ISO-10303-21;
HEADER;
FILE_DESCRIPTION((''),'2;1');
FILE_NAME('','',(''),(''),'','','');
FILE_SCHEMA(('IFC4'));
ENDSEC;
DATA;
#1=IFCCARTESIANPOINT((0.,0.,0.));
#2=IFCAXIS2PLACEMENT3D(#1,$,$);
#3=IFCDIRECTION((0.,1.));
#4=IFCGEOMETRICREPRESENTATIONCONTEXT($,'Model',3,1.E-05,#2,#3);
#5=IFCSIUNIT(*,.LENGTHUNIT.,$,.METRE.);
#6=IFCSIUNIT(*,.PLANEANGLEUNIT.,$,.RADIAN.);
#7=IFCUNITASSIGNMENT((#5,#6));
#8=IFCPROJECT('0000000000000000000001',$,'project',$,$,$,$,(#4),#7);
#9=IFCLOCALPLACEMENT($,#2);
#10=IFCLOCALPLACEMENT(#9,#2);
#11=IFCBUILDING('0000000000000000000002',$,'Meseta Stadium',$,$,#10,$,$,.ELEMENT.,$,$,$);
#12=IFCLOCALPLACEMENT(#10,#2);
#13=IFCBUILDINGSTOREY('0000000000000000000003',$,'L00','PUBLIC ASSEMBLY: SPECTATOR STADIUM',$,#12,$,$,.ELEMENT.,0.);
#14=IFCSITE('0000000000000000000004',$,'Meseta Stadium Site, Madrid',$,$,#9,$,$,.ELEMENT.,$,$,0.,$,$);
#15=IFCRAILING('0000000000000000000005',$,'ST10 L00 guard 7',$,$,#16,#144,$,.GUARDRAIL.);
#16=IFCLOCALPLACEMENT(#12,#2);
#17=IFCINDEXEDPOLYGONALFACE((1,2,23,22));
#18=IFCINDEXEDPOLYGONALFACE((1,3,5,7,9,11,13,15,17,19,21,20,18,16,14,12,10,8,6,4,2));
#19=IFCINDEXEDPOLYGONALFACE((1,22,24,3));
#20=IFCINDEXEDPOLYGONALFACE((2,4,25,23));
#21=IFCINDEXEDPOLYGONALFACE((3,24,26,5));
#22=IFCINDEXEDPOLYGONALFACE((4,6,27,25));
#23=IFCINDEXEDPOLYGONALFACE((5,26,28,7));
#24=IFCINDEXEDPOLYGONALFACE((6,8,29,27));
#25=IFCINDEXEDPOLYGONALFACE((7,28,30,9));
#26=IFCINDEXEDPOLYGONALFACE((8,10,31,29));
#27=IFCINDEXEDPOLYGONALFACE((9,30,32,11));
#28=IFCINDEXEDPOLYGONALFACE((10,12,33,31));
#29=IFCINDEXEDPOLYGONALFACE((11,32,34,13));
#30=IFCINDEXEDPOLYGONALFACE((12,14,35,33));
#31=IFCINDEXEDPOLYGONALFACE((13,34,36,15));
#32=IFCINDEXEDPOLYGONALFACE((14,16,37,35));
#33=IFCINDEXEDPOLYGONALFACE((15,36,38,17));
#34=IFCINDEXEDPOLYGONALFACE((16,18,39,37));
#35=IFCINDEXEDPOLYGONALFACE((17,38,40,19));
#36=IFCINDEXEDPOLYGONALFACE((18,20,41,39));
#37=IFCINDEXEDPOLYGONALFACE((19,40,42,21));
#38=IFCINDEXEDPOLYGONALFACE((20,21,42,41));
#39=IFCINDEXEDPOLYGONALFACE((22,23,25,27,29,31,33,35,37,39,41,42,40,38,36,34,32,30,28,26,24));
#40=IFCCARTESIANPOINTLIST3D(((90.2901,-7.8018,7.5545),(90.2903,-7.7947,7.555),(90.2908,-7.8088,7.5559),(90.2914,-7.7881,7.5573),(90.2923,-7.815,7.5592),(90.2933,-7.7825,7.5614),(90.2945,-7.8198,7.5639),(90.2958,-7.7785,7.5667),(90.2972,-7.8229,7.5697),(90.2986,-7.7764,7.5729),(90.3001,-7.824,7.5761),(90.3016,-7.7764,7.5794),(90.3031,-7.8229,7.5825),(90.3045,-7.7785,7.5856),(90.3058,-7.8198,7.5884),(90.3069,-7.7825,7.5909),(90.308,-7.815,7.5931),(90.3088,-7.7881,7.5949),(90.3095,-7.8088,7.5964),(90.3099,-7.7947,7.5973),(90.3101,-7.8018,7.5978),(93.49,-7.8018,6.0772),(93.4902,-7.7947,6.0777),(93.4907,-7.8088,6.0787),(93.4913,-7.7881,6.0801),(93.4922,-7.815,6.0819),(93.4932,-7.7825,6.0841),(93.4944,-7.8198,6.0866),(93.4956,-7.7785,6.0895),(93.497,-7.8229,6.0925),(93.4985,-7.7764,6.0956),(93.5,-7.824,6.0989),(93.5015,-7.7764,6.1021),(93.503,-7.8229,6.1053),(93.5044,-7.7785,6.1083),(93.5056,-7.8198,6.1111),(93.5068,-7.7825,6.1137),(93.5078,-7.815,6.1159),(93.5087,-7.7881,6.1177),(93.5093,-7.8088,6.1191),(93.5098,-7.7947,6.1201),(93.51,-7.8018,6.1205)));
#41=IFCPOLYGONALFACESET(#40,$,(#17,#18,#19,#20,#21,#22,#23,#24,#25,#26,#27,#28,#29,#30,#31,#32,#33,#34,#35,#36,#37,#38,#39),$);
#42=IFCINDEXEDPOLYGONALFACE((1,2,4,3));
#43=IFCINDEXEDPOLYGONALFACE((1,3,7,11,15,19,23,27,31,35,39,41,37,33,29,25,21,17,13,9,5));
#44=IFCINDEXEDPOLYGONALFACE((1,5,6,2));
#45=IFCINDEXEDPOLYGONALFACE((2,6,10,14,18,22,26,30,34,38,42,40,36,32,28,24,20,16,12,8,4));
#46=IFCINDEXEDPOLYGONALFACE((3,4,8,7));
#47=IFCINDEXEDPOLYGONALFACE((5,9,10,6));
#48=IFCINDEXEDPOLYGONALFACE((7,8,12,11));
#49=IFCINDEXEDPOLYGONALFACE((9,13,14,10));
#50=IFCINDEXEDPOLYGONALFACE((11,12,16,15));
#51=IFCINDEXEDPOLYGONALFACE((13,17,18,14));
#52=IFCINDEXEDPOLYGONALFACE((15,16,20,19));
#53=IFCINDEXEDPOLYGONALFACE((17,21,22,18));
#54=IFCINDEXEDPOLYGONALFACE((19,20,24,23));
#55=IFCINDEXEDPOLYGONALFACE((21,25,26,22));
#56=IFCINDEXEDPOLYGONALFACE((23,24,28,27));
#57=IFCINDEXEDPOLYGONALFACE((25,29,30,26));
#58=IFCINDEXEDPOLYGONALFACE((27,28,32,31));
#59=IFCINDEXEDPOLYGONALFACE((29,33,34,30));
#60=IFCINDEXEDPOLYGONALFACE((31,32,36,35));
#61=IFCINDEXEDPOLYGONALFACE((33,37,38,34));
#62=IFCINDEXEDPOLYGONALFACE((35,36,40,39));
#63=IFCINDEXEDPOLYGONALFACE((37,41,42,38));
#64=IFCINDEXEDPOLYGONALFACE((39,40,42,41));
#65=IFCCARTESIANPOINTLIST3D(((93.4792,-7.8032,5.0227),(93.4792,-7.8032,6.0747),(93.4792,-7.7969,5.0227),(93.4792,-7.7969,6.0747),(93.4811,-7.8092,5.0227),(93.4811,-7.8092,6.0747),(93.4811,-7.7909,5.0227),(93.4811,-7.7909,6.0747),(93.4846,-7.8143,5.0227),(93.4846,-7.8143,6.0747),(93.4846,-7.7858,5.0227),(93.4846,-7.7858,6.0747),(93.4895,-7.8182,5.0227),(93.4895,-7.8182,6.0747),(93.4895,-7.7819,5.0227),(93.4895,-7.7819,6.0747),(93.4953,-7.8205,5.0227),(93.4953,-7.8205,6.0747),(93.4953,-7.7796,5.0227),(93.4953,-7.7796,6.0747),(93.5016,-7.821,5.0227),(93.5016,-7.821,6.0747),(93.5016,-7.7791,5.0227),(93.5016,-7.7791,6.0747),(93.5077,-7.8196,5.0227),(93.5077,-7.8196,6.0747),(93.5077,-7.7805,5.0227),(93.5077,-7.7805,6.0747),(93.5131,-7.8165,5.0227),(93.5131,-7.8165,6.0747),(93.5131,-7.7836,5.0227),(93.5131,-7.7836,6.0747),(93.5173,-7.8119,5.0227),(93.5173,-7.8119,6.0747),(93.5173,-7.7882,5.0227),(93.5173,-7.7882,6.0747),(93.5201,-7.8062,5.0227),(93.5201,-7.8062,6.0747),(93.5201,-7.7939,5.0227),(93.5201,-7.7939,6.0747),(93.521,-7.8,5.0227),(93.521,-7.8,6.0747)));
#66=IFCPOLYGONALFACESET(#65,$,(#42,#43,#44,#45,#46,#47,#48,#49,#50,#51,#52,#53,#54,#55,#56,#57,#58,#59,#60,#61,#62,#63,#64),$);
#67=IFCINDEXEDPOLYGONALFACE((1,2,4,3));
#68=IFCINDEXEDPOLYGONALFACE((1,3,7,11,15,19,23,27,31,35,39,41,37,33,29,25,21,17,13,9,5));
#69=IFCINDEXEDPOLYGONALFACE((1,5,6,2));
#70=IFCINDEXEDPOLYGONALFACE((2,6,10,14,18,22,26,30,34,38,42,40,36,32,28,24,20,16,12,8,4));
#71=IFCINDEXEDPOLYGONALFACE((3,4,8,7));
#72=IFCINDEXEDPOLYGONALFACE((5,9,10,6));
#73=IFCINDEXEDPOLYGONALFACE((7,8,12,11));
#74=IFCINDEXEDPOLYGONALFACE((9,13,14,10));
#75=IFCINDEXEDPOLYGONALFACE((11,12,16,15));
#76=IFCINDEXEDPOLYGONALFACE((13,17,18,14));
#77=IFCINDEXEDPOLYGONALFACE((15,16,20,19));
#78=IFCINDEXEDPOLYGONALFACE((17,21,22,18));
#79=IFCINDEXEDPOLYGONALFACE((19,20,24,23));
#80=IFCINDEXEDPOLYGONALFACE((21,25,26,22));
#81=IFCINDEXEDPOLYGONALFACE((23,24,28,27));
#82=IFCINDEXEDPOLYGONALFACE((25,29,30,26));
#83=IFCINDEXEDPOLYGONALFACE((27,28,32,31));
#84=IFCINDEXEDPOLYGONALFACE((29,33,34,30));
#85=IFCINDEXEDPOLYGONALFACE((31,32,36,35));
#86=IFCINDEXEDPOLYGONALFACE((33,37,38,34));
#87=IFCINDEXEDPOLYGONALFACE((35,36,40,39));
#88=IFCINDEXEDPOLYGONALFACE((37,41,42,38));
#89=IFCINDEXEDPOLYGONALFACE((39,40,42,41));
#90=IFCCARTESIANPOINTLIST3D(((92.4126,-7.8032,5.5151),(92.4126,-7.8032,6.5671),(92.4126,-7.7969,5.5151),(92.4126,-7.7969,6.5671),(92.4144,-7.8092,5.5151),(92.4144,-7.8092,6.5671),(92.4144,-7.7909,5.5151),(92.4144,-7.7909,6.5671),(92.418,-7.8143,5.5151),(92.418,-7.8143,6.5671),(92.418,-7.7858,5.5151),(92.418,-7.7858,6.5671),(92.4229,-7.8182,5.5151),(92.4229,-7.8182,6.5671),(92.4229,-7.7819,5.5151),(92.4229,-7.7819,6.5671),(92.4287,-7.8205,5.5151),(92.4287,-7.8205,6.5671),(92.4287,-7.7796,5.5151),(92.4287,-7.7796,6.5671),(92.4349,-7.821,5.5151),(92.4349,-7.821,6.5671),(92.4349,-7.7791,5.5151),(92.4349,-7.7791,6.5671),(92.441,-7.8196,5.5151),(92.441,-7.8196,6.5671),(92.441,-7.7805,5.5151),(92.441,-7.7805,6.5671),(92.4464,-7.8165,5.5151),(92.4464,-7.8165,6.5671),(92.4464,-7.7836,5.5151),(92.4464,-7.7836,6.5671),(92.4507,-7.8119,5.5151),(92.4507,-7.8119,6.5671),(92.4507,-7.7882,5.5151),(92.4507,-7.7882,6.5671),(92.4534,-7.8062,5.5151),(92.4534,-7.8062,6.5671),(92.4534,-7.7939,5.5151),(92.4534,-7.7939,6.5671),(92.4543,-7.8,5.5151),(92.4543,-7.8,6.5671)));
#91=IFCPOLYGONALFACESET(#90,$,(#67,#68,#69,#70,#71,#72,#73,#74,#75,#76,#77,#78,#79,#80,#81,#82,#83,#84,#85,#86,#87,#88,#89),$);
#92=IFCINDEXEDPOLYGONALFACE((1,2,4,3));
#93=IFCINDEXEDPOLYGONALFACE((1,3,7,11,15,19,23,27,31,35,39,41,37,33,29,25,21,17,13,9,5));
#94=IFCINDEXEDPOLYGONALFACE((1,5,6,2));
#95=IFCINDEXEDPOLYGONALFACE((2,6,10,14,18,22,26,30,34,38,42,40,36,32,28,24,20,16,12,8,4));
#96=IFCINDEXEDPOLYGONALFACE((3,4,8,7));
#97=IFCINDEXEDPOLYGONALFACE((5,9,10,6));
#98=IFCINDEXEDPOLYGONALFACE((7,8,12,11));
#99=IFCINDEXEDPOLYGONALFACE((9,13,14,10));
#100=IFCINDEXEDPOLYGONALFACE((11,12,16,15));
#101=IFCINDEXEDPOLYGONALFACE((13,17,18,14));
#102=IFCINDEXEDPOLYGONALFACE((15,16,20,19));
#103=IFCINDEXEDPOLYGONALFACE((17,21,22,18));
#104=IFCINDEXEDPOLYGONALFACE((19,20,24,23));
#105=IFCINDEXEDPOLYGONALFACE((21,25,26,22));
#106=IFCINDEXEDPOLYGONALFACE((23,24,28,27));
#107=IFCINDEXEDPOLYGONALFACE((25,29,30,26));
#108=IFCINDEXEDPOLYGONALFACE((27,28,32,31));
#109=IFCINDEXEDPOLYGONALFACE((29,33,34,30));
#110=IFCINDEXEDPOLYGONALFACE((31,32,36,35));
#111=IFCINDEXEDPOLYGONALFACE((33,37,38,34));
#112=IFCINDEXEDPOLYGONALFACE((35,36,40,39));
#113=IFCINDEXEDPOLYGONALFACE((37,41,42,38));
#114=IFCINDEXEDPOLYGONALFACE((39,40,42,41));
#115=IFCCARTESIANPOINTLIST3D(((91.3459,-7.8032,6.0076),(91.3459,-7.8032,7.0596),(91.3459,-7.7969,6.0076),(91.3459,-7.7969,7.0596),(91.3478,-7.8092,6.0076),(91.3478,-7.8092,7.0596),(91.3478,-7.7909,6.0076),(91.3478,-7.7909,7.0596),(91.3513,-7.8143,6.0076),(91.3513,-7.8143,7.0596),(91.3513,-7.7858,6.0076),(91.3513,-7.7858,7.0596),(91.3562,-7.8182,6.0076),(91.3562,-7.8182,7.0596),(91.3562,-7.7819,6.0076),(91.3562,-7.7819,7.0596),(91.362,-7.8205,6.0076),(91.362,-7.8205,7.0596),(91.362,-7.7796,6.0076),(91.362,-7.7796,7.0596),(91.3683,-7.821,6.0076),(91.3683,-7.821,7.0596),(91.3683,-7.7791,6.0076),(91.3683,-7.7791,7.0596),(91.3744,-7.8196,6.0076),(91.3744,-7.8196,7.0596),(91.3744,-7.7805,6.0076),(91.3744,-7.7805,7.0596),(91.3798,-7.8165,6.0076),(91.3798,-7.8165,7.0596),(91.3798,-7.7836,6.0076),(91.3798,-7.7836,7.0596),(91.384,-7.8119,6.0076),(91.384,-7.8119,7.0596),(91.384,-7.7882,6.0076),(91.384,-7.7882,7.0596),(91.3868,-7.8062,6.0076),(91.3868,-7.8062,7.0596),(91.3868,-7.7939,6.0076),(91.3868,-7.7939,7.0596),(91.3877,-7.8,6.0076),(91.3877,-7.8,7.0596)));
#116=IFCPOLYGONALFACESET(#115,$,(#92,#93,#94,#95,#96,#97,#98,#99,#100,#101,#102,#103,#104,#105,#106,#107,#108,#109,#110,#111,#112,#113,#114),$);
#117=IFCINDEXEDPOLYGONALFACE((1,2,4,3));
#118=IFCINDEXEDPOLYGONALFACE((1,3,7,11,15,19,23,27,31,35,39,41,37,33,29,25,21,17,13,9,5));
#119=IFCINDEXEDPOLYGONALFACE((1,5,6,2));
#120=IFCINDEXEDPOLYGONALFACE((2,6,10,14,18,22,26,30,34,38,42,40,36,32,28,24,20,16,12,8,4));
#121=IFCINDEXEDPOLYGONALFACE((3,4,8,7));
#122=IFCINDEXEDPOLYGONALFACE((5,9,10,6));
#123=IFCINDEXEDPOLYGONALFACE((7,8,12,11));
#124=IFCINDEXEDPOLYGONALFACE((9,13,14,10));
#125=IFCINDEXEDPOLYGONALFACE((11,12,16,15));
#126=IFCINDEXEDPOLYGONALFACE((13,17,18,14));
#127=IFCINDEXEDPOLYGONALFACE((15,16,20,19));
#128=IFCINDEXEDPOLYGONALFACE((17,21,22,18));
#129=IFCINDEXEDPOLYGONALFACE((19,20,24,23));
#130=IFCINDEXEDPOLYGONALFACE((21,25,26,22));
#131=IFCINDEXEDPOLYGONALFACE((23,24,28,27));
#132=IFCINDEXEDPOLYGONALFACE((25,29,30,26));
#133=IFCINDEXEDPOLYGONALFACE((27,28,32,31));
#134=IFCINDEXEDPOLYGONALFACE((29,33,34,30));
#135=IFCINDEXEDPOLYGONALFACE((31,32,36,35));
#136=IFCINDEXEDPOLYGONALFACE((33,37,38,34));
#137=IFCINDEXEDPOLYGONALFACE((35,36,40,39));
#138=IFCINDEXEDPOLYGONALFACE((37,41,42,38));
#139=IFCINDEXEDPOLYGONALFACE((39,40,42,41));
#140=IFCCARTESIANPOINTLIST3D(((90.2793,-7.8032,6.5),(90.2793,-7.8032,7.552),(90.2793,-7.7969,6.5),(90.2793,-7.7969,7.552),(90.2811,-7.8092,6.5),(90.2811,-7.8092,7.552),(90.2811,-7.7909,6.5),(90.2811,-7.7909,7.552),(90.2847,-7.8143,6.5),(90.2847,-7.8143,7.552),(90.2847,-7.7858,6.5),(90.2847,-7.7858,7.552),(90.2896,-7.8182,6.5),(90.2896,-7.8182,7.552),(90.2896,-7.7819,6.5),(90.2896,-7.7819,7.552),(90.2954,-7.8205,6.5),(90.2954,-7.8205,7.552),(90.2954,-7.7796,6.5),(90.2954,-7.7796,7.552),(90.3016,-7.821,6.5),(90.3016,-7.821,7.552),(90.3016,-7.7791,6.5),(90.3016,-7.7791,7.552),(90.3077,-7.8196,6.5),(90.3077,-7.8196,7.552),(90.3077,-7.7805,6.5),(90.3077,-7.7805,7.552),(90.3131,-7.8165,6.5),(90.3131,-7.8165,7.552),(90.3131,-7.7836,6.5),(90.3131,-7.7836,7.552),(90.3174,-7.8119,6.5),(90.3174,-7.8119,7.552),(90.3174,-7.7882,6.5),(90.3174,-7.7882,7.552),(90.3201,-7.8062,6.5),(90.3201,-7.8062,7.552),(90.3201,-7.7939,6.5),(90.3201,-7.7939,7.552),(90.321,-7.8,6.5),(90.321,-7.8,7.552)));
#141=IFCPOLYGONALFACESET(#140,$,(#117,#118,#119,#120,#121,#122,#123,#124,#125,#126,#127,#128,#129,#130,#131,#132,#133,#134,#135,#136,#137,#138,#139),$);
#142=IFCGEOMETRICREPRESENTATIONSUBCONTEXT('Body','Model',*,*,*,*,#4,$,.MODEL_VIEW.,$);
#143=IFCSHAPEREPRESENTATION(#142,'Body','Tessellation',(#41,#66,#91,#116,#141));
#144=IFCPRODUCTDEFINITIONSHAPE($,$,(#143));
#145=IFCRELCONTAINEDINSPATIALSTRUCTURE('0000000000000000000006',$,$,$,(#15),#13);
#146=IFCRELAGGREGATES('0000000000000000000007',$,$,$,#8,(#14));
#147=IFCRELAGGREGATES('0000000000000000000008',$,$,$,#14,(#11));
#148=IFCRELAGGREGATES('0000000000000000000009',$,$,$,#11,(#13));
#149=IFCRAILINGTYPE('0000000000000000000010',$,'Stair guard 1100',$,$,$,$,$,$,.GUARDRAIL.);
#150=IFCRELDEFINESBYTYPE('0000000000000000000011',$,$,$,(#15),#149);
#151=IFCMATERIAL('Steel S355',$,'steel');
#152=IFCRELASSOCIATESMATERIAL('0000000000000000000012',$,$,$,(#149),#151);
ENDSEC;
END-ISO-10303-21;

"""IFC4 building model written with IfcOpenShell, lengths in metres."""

from ifc_helpers import new_model, si_unit, direction, frame, origin, origin_2d, place, context, subcontext, project, spatial, circle, extrude, material, type_object, element, save


model = new_model("IFC4")

# Units and contexts
model_context = context("Model", 3, precision=1e-05, world=origin(), true_north=direction((0.0, 1.0)))
body_context = subcontext(model_context, "Body", "Model", "MODEL_VIEW")
ifc_project = project(units=[si_unit("LENGTHUNIT", "METRE"), si_unit("PLANEANGLEUNIT", "RADIAN")], contexts=[model_context])

# Site, building, storey
site_placement = place(None, origin())
site = spatial("IfcSite", under=ifc_project, at=site_placement, Name="Meseta Stadium Site, Madrid", CompositionType="ELEMENT", RefElevation=0.0)
building_placement = place(site_placement, origin())
building = spatial("IfcBuilding", under=site, at=building_placement, Name="Meseta Stadium", CompositionType="ELEMENT")
storey_placement = place(building_placement, origin())
storey = spatial("IfcBuildingStorey", under=building, at=storey_placement, Name="L00", Description="PUBLIC ASSEMBLY: SPECTATOR STADIUM", CompositionType="ELEMENT", Elevation=0.0)

# Railing
ifc_material_1 = material(Name="Steel S355", Category="steel")
railing_type_1 = type_object("IfcRailingType", Name="Stair guard 1100", PredefinedType="GUARDRAIL", material=ifc_material_1)
railing_1_placement = place(storey_placement, frame((93.5, -7.8, 5.0227)))
element("IfcRailing", 1, at=railing_1_placement, inside=storey, type_object=railing_type_1, Name="ST10 L00 guard 7", PredefinedType="GUARDRAIL", context=body_context, shape_type="SweptSolid", body=[
    extrude(circle(Radius=0.0239, at=origin_2d()), frame((0.0, 0.0, 1.0762), z_axis=(-0.907917, 0.0, 0.41915), x_axis=(0.0, -1.0, 0.0)), (0.0, 0.0, 1.0), 3.5244),
    extrude(circle(Radius=0.021, at=origin_2d()), origin(), (0.0, 0.0, 1.0), 1.052),
    extrude(circle(Radius=0.021, at=origin_2d()), frame((-1.0667, 0.0, 0.4924)), (0.0, 0.0, 1.0), 1.052),
    extrude(circle(Radius=0.021, at=origin_2d()), frame((-2.1333, 0.0, 0.9849)), (0.0, 0.0, 1.0), 1.052),
    extrude(circle(Radius=0.021, at=origin_2d()), frame((-3.2, 0.0, 1.4773)), (0.0, 0.0, 1.0), 1.052),
])

save(model, "model.ifc")
